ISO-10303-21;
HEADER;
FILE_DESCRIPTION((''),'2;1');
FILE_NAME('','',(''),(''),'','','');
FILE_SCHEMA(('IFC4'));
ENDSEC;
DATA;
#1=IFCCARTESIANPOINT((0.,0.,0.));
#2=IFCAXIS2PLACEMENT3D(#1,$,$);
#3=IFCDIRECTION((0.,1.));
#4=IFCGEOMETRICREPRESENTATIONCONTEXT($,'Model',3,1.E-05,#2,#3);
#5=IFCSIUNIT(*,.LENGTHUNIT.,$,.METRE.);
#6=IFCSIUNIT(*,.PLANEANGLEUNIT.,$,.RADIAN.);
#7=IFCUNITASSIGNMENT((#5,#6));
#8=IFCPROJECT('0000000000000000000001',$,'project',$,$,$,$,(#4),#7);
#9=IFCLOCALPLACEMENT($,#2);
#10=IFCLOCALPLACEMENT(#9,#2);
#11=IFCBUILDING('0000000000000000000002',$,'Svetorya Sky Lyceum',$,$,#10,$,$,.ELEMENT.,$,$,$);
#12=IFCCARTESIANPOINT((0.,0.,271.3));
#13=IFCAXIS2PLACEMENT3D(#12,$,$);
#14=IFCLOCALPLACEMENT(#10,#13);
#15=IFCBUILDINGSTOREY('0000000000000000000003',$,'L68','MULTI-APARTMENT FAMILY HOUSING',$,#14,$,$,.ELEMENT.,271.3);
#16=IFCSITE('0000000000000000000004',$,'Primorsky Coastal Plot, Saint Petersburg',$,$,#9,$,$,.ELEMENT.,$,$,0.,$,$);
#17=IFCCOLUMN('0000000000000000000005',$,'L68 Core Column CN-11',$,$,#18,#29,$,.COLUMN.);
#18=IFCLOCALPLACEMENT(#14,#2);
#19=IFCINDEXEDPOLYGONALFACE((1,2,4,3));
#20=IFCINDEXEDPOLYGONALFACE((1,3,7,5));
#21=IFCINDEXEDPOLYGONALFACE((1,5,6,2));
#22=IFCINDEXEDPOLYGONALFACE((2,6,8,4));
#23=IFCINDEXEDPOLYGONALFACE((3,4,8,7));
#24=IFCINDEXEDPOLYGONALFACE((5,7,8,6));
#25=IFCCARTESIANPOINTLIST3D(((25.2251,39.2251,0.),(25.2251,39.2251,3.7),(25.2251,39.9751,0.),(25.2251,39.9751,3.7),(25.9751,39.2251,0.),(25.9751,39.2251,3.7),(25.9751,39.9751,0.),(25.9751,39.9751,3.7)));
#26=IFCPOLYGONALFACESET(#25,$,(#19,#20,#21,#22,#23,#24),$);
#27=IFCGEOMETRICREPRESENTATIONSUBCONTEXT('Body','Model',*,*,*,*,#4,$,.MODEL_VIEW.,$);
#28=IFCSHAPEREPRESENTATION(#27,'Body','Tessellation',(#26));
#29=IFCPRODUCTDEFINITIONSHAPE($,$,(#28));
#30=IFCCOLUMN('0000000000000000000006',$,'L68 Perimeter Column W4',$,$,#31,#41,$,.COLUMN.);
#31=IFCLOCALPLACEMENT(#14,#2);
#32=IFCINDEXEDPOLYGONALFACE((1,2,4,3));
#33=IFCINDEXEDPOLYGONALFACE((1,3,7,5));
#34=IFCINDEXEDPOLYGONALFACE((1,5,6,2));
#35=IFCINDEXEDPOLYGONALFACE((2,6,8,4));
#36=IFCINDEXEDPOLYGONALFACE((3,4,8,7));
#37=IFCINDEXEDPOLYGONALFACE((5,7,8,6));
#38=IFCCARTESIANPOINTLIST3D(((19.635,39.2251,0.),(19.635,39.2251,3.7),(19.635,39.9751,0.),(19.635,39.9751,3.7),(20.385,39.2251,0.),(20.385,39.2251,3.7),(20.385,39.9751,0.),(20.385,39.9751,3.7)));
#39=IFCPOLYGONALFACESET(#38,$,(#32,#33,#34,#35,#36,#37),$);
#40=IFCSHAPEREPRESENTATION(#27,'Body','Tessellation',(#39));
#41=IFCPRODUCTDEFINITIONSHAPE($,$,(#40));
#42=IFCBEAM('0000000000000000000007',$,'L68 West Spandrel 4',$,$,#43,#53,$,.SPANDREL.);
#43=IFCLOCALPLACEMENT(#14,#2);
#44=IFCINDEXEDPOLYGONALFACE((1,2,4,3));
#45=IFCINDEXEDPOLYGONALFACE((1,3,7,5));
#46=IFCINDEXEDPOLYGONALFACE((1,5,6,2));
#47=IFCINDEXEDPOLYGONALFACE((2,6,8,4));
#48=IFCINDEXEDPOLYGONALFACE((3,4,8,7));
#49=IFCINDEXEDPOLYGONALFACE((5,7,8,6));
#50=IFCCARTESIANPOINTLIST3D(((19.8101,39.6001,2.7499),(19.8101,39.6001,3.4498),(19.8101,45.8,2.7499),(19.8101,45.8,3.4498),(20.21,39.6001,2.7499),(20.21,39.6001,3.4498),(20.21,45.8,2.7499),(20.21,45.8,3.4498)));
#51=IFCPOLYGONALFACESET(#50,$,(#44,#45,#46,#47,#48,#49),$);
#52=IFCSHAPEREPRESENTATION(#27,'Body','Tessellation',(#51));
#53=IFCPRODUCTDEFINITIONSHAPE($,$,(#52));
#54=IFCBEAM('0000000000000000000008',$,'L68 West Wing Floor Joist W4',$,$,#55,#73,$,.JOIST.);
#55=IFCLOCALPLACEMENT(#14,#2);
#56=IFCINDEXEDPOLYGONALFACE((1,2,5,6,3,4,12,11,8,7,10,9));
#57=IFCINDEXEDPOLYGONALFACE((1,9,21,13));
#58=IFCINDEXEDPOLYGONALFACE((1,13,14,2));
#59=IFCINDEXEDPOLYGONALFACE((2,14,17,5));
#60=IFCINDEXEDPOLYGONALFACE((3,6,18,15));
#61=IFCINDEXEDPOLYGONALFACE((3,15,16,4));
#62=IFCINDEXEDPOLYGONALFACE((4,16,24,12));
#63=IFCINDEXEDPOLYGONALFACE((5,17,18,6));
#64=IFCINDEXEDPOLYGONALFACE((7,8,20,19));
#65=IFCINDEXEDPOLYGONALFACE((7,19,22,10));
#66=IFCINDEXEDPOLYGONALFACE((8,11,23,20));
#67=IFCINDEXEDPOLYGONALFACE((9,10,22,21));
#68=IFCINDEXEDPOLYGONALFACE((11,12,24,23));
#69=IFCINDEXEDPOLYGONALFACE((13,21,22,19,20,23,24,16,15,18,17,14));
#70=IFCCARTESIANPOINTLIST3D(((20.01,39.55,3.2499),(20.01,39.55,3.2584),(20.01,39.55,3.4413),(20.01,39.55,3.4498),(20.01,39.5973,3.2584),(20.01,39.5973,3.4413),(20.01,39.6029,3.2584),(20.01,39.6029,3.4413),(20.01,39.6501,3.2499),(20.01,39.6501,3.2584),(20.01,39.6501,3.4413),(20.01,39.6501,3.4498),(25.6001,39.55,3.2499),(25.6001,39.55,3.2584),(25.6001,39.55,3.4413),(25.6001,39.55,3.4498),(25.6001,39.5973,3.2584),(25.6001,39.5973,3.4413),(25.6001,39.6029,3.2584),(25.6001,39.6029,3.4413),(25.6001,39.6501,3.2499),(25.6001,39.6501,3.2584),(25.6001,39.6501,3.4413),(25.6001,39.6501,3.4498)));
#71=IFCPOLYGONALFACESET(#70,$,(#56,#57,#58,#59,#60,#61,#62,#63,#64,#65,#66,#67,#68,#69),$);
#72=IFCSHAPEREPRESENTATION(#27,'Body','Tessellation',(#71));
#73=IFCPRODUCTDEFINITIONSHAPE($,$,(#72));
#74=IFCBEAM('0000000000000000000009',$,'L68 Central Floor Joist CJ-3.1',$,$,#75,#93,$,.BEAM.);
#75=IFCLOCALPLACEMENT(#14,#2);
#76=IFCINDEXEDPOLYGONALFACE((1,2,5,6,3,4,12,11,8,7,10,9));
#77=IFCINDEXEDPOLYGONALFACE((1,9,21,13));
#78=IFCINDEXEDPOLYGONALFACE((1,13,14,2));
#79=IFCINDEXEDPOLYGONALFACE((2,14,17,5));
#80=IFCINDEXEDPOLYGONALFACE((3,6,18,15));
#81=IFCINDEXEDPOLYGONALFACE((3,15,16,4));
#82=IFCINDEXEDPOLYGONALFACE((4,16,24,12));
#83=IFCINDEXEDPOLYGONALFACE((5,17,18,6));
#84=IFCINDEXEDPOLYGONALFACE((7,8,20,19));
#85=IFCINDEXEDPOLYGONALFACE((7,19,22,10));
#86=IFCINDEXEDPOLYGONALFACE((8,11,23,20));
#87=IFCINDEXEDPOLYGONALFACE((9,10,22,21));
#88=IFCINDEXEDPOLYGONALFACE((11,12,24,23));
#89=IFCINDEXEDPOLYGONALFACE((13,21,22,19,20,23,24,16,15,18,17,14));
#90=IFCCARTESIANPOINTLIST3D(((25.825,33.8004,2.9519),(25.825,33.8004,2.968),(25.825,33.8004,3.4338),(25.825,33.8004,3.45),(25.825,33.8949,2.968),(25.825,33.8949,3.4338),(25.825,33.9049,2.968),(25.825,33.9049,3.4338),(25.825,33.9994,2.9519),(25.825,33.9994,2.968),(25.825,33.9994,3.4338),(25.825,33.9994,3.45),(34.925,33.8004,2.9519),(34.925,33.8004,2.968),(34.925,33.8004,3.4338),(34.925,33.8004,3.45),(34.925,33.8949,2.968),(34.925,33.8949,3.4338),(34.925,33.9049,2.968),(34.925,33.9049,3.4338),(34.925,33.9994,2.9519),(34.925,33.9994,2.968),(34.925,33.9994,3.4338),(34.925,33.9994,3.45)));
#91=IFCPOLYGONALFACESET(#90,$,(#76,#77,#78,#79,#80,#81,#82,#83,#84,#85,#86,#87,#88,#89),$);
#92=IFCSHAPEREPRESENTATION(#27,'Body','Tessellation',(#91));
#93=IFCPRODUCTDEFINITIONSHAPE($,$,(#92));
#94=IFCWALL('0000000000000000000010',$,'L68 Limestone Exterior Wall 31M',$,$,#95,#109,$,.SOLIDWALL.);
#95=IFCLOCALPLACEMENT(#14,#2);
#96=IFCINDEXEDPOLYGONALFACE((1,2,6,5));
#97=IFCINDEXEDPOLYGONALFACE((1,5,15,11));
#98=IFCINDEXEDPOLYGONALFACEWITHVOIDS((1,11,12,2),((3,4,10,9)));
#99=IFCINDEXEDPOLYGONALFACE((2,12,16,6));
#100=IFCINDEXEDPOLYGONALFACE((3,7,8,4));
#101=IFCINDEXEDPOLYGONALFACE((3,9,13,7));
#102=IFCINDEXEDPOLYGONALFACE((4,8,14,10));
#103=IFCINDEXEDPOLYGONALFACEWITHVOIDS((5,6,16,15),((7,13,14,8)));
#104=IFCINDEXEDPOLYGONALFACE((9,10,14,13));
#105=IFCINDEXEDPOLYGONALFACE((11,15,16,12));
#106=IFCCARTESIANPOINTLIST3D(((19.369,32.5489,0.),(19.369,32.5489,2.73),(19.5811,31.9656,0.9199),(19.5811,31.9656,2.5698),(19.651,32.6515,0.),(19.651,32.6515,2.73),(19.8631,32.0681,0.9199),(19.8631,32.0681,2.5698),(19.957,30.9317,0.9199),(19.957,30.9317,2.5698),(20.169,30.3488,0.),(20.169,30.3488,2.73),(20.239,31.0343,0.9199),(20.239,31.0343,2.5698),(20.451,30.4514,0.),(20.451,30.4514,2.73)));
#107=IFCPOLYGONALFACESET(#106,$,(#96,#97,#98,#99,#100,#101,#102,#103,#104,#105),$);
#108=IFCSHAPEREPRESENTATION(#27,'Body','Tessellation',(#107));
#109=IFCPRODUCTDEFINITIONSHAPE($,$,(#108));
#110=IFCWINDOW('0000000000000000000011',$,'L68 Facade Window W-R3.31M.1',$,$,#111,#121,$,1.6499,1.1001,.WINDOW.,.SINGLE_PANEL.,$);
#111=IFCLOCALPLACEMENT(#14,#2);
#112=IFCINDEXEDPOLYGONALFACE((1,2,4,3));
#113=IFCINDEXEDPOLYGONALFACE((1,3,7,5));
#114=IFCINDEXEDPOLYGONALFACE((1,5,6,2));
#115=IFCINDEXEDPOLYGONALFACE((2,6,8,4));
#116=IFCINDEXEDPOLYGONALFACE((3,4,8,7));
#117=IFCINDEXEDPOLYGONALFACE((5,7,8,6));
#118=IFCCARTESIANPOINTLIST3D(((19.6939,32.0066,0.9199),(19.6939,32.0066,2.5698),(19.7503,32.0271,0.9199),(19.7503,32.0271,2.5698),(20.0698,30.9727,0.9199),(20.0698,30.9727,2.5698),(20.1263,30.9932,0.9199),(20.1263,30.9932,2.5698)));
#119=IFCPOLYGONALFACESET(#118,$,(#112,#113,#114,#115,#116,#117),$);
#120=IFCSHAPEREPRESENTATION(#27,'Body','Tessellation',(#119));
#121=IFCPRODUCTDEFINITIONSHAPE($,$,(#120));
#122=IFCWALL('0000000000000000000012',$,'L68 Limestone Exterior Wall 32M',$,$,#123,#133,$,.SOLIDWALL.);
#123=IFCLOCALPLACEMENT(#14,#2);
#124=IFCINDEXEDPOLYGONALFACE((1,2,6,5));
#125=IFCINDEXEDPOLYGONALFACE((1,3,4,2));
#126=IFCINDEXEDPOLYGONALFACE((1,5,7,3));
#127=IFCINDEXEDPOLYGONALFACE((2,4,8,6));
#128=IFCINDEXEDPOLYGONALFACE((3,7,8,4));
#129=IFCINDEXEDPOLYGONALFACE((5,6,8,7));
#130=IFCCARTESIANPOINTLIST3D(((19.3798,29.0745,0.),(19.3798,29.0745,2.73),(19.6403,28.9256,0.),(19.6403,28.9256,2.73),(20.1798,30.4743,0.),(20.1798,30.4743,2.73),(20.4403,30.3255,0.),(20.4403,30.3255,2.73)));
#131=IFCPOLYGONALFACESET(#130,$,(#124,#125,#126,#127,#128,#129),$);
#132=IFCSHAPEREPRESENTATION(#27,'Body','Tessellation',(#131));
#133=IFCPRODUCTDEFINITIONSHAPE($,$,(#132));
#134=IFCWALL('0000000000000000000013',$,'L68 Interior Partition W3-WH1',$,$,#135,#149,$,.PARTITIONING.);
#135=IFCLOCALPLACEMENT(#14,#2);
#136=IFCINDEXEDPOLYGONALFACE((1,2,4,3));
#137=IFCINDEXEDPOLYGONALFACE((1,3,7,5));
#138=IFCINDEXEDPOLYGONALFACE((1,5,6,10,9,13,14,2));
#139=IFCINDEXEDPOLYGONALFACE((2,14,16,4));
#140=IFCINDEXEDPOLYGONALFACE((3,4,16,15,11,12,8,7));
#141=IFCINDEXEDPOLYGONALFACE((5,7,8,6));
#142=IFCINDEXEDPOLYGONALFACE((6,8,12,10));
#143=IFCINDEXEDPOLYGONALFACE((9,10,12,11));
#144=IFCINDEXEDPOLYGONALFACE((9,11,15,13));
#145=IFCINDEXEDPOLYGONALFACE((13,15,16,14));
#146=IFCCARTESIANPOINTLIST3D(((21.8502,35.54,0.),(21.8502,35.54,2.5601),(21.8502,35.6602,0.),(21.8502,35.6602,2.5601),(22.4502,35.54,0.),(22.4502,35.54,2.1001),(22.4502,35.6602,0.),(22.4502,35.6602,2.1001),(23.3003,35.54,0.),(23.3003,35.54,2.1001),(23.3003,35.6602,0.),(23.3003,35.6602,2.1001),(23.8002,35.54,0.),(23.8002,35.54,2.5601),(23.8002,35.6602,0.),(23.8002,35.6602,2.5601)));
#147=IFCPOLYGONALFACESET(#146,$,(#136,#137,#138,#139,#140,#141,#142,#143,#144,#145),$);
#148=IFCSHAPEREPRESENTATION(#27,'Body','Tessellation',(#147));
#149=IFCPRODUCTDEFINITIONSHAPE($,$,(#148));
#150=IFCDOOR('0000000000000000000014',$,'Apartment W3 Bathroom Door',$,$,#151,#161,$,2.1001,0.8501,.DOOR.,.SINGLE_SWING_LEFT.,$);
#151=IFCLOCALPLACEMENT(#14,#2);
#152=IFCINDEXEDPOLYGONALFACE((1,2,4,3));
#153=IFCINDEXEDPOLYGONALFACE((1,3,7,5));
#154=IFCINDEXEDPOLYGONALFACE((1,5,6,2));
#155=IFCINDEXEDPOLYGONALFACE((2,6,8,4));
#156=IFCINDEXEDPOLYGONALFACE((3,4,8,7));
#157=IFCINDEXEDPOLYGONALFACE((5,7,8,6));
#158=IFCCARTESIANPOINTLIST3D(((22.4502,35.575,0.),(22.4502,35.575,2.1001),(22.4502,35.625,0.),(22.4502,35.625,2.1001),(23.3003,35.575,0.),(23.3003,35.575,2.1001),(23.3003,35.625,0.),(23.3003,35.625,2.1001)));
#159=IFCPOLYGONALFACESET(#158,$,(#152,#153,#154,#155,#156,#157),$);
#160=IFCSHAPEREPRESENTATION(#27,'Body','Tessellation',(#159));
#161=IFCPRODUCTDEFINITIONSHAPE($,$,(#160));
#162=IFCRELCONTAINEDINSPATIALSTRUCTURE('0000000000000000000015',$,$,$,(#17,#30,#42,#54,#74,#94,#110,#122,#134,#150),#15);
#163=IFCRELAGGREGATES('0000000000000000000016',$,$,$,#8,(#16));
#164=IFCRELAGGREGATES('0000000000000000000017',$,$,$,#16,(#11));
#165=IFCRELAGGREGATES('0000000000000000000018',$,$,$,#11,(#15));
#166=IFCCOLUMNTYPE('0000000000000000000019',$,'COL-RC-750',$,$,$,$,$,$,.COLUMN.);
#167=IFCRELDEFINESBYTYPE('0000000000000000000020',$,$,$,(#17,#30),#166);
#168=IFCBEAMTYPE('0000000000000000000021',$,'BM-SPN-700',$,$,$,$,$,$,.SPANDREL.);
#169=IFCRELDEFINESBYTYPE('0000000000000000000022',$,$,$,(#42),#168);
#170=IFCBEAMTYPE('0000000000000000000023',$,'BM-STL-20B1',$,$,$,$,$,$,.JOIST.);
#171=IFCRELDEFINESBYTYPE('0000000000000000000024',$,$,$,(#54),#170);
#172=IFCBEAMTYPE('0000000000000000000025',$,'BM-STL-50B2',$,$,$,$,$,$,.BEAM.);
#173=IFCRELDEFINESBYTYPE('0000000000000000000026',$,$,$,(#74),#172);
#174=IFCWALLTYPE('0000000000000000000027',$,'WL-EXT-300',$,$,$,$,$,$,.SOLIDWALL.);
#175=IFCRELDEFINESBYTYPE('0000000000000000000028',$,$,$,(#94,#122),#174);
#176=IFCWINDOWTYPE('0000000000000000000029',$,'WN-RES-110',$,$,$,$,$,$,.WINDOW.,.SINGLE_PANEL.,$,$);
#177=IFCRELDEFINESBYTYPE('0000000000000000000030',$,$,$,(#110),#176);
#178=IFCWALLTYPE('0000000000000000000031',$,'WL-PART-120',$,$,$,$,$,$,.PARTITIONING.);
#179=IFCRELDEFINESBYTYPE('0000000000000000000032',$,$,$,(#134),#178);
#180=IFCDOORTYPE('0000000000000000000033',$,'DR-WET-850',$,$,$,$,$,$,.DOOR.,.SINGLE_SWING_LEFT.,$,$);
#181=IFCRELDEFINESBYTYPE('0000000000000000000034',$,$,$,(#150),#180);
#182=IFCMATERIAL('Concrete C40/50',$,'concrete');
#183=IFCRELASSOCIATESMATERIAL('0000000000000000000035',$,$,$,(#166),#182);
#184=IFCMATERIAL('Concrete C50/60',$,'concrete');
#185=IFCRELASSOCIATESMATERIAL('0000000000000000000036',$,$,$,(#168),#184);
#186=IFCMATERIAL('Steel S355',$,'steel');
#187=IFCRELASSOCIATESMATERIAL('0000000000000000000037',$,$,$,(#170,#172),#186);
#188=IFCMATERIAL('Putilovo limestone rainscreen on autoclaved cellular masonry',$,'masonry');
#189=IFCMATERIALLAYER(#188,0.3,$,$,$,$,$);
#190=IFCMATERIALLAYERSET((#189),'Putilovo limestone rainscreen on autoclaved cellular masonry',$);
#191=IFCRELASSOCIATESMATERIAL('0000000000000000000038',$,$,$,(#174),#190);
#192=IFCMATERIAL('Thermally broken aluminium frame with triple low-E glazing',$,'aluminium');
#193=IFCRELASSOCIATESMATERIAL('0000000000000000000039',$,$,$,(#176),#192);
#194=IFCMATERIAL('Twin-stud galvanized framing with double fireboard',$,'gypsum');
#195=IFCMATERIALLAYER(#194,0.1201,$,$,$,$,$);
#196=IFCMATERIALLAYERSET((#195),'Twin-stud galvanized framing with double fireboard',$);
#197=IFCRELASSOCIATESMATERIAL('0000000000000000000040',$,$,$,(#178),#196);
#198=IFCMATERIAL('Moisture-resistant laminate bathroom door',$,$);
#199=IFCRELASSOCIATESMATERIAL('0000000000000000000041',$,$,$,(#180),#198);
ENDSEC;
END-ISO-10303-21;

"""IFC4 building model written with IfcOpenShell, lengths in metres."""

from ifc_helpers import new_model, si_unit, direction, frame, frame_2d, origin, origin_2d, place, context, subcontext, project, spatial, rectangle, i_section, extrude, material, layer, layer_set, material_profile, profile_set, type_object, element, fill, save


model = new_model("IFC4")

# Units and contexts
model_context = context("Model", 3, precision=1e-05, world=origin(), true_north=direction((0.0, 1.0)))
body_context = subcontext(model_context, "Body", "Model", "MODEL_VIEW")
ifc_project = project(units=[si_unit("LENGTHUNIT", "METRE"), si_unit("PLANEANGLEUNIT", "RADIAN")], contexts=[model_context])

# Site, building, storey
site_placement = place(None, origin())
site = spatial("IfcSite", under=ifc_project, at=site_placement, Name="Primorsky Coastal Plot, Saint Petersburg", CompositionType="ELEMENT", RefElevation=0.0)
building_placement = place(site_placement, origin())
building = spatial("IfcBuilding", under=site, at=building_placement, Name="Svetorya Sky Lyceum", CompositionType="ELEMENT")
storey_placement = place(building_placement, frame((0.0, 0.0, 271.3)))
storey = spatial("IfcBuildingStorey", under=building, at=storey_placement, Name="L68", Description="MULTI-APARTMENT FAMILY HOUSING", CompositionType="ELEMENT", Elevation=271.3)

# Columns
ifc_material_1 = material(Name="Concrete C40/50", Category="concrete")
ifc_material_profile_1 = material_profile(ifc_material_1, rectangle(XDim=0.75, YDim=0.75, at=origin_2d()), Name="RC COL 750x750")
ifc_profile_set_1 = profile_set([ifc_material_profile_1], Name="Concrete C40/50")
column_type = type_object("IfcColumnType", Name="COL-RC-750", PredefinedType="COLUMN", material=ifc_profile_set_1)
for number, where, z_axis, x_axis, name in (
    (1, (25.6001, 39.6001, 0.0), (0.0, 0.0, 1.0), (1.0, 0.0, 0.0), "L68 Core Column CN-11"),
    (2, (20.01, 39.6001, 0.0), (0.0, 0.0, 1.0), (1.0, 0.0, 0.0), "L68 Perimeter Column W4"),
):
    element("IfcColumn", number, at=place(storey_placement, frame(where, z_axis=z_axis, x_axis=x_axis)), inside=storey, type_object=column_type, Name=name, PredefinedType="COLUMN", context=body_context, shape_type="SweptSolid", body=[
        extrude(rectangle(XDim=0.75, YDim=0.75, at=origin_2d()), origin(), (0.0, 0.0, 1.0), 3.7),
    ])

# Beams
ifc_material_2 = material(Name="Concrete C50/60", Category="concrete")
ifc_material_profile_2 = material_profile(ifc_material_2, rectangle(XDim=0.3999, YDim=0.7, at=origin_2d()), Name="RC SPANDREL 400x700")
ifc_profile_set_2 = profile_set([ifc_material_profile_2], Name="Concrete C50/60")
beam_type_1 = type_object("IfcBeamType", Name="BM-SPN-700", PredefinedType="SPANDREL", material=ifc_profile_set_2)
beam_1_placement = place(storey_placement, frame((20.01, 39.6001, 3.0999), z_axis=(0.0, 1.0, 0.0), x_axis=(-1.0, 0.0, 0.0)))
element("IfcBeam", 3, at=beam_1_placement, inside=storey, type_object=beam_type_1, Name="L68 West Spandrel 4", PredefinedType="SPANDREL", context=body_context, shape_type="SweptSolid", body=[
    extrude(rectangle(XDim=0.3999, YDim=0.7, at=origin_2d()), origin(), (0.0, 0.0, 1.0), 6.2),
])
ifc_material_3 = material(Name="Steel S355", Category="steel")
ifc_material_profile_3 = material_profile(ifc_material_3, i_section(OverallWidth=0.1001, OverallDepth=0.2, WebThickness=0.0056, FlangeThickness=0.0085, at=origin_2d()), Name="GOST 20B1")
ifc_profile_set_3 = profile_set([ifc_material_profile_3], Name="Steel S355")
beam_type_2 = type_object("IfcBeamType", Name="BM-STL-20B1", PredefinedType="JOIST", material=ifc_profile_set_3)
beam_2_placement = place(storey_placement, frame((20.01, 39.6001, 3.3499), z_axis=(1.0, 0.0, 0.0), x_axis=(0.0, 1.0, 0.0)))
element("IfcBeam", 4, at=beam_2_placement, inside=storey, type_object=beam_type_2, Name="L68 West Wing Floor Joist W4", PredefinedType="JOIST", context=body_context, shape_type="SweptSolid", body=[
    extrude(i_section(OverallWidth=0.1001, OverallDepth=0.2, WebThickness=0.0056, FlangeThickness=0.0085, at=origin_2d()), origin(), (0.0, 0.0, 1.0), 5.5901),
])
ifc_material_profile_4 = material_profile(ifc_material_3, i_section(OverallWidth=0.199, OverallDepth=0.498, WebThickness=0.01, FlangeThickness=0.0161, at=origin_2d()), Name="GOST 50B2")
ifc_profile_set_4 = profile_set([ifc_material_profile_4], Name="Steel S355")
beam_type_3 = type_object("IfcBeamType", Name="BM-STL-50B2", PredefinedType="BEAM", material=ifc_profile_set_4)
beam_3_placement = place(storey_placement, frame((25.825, 33.8999, 3.2009), z_axis=(1.0, 0.0, 0.0), x_axis=(0.0, 1.0, 0.0)))
element("IfcBeam", 5, at=beam_3_placement, inside=storey, type_object=beam_type_3, Name="L68 Central Floor Joist CJ-3.1", PredefinedType="BEAM", context=body_context, shape_type="SweptSolid", body=[
    extrude(i_section(OverallWidth=0.199, OverallDepth=0.498, WebThickness=0.01, FlangeThickness=0.0161, at=origin_2d()), origin(), (0.0, 0.0, 1.0), 9.1001),
])

# Wall, opening, window
ifc_material_4 = material(Name="Putilovo limestone rainscreen on autoclaved cellular masonry", Category="masonry")
ifc_layer_1 = layer(ifc_material_4, 0.3)
ifc_layer_set_1 = layer_set([ifc_layer_1], Name="Putilovo limestone rainscreen on autoclaved cellular masonry")
wall_type_1 = type_object("IfcWallType", Name="WL-EXT-300", PredefinedType="SOLIDWALL", material=ifc_layer_set_1)
wall_1_placement = place(storey_placement, frame((19.51, 32.6001, 0.0), z_axis=(0.0, 0.0, 1.0), x_axis=(0.341735, -0.939796, 0.0)))
wall_1 = element("IfcWall", 6, at=wall_1_placement, inside=storey, type_object=wall_type_1, Name="L68 Limestone Exterior Wall 31M", PredefinedType="SOLIDWALL", context=body_context, shape_type="SweptSolid", body=[
    extrude(rectangle(XDim=2.3411, YDim=0.3, at=frame_2d((1.1704, 0.0))), origin(), (0.0, 0.0, 1.0), 2.73),
])
opening_1_placement = place(wall_1_placement, frame((0.6206, 0.0, 0.9199)))
opening_1 = element("IfcOpeningElement", 7, at=opening_1_placement, cuts=wall_1, PredefinedType="OPENING", context=body_context, shape_type="SweptSolid", body=[
    extrude(rectangle(XDim=1.1001, YDim=1.6499, at=frame_2d((0.55, 0.825))), frame((0.0, 0.1599, 0.0), z_axis=(0.0, -1.0, 0.0), x_axis=(1.0, 0.0, 0.0)), (0.0, 0.0, 1.0), 0.3201),
])
ifc_material_5 = material(Name="Thermally broken aluminium frame with triple low-E glazing", Category="aluminium")
window_type = type_object("IfcWindowType", Name="WN-RES-110", PartitioningType="SINGLE_PANEL", PredefinedType="WINDOW", material=ifc_material_5)
window_placement = place(opening_1_placement, origin())
window = element("IfcWindow", 8, at=window_placement, inside=storey, type_object=window_type, Name="L68 Facade Window W-R3.31M.1", OverallHeight=1.6499, OverallWidth=1.1001, PartitioningType="SINGLE_PANEL", PredefinedType="WINDOW", context=body_context, shape_type="SweptSolid", body=[
    extrude(rectangle(XDim=1.1001, YDim=1.6499, at=frame_2d((0.55, 0.825))), frame((0.0, 0.03, 0.0), z_axis=(0.0, -1.0, 0.0), x_axis=(1.0, 0.0, 0.0)), (0.0, 0.0, 1.0), 0.0601),
])
fill(opening_1, window)

# Wall
wall_2_placement = place(storey_placement, frame((20.3101, 30.3999, 0.0), z_axis=(0.0, 0.0, 1.0), x_axis=(-0.496188, -0.868215, 0.0)))
element("IfcWall", 9, at=wall_2_placement, inside=storey, type_object=wall_type_1, Name="L68 Limestone Exterior Wall 32M", PredefinedType="SOLIDWALL", context=body_context, shape_type="SweptSolid", body=[
    extrude(rectangle(XDim=1.6123, YDim=0.3, at=frame_2d((0.8062, 0.0))), origin(), (0.0, 0.0, 1.0), 2.73),
])

# Wall, opening, door
ifc_material_6 = material(Name="Twin-stud galvanized framing with double fireboard", Category="gypsum")
ifc_layer_2 = layer(ifc_material_6, 0.1201)
ifc_layer_set_2 = layer_set([ifc_layer_2], Name="Twin-stud galvanized framing with double fireboard")
wall_type_2 = type_object("IfcWallType", Name="WL-PART-120", PredefinedType="PARTITIONING", material=ifc_layer_set_2)
wall_3_placement = place(storey_placement, frame((21.8501, 35.6001, 0.0), z_axis=(0.0, 0.0, 1.0), x_axis=(1.0, 0.0, 0.0)))
wall_3 = element("IfcWall", 10, at=wall_3_placement, inside=storey, type_object=wall_type_2, Name="L68 Interior Partition W3-WH1", PredefinedType="PARTITIONING", context=body_context, shape_type="SweptSolid", body=[
    extrude(rectangle(XDim=1.95, YDim=0.1201, at=frame_2d((0.9751, 0.0))), origin(), (0.0, 0.0, 1.0), 2.5601),
])
opening_2_placement = place(wall_3_placement, frame((0.6001, 0.0, 0.0)))
opening_2 = element("IfcOpeningElement", 11, at=opening_2_placement, cuts=wall_3, PredefinedType="OPENING", context=body_context, shape_type="SweptSolid", body=[
    extrude(rectangle(XDim=0.8501, YDim=2.1001, at=frame_2d((0.425, 1.05))), frame((0.0, 0.0701, 0.0), z_axis=(0.0, -1.0, 0.0), x_axis=(1.0, 0.0, 0.0)), (0.0, 0.0, 1.0), 0.1401),
])
ifc_material_7 = material(Name="Moisture-resistant laminate bathroom door")
door_type_1 = type_object("IfcDoorType", Name="DR-WET-850", OperationType="SINGLE_SWING_LEFT", PredefinedType="DOOR", material=ifc_material_7)
door_1_placement = place(opening_2_placement, origin())
door_1 = element("IfcDoor", 12, at=door_1_placement, inside=storey, type_object=door_type_1, Name="Apartment W3 Bathroom Door", OperationType="SINGLE_SWING_LEFT", OverallHeight=2.1001, OverallWidth=0.8501, PredefinedType="DOOR", context=body_context, shape_type="SweptSolid", body=[
    extrude(rectangle(XDim=0.8501, YDim=2.1001, at=frame_2d((0.425, 1.05))), frame((0.0, 0.0249, 0.0), z_axis=(0.0, -1.0, 0.0), x_axis=(1.0, 0.0, 0.0)), (0.0, 0.0, 1.0), 0.05),
])
fill(opening_2, door_1)

save(model, "model.ifc")
